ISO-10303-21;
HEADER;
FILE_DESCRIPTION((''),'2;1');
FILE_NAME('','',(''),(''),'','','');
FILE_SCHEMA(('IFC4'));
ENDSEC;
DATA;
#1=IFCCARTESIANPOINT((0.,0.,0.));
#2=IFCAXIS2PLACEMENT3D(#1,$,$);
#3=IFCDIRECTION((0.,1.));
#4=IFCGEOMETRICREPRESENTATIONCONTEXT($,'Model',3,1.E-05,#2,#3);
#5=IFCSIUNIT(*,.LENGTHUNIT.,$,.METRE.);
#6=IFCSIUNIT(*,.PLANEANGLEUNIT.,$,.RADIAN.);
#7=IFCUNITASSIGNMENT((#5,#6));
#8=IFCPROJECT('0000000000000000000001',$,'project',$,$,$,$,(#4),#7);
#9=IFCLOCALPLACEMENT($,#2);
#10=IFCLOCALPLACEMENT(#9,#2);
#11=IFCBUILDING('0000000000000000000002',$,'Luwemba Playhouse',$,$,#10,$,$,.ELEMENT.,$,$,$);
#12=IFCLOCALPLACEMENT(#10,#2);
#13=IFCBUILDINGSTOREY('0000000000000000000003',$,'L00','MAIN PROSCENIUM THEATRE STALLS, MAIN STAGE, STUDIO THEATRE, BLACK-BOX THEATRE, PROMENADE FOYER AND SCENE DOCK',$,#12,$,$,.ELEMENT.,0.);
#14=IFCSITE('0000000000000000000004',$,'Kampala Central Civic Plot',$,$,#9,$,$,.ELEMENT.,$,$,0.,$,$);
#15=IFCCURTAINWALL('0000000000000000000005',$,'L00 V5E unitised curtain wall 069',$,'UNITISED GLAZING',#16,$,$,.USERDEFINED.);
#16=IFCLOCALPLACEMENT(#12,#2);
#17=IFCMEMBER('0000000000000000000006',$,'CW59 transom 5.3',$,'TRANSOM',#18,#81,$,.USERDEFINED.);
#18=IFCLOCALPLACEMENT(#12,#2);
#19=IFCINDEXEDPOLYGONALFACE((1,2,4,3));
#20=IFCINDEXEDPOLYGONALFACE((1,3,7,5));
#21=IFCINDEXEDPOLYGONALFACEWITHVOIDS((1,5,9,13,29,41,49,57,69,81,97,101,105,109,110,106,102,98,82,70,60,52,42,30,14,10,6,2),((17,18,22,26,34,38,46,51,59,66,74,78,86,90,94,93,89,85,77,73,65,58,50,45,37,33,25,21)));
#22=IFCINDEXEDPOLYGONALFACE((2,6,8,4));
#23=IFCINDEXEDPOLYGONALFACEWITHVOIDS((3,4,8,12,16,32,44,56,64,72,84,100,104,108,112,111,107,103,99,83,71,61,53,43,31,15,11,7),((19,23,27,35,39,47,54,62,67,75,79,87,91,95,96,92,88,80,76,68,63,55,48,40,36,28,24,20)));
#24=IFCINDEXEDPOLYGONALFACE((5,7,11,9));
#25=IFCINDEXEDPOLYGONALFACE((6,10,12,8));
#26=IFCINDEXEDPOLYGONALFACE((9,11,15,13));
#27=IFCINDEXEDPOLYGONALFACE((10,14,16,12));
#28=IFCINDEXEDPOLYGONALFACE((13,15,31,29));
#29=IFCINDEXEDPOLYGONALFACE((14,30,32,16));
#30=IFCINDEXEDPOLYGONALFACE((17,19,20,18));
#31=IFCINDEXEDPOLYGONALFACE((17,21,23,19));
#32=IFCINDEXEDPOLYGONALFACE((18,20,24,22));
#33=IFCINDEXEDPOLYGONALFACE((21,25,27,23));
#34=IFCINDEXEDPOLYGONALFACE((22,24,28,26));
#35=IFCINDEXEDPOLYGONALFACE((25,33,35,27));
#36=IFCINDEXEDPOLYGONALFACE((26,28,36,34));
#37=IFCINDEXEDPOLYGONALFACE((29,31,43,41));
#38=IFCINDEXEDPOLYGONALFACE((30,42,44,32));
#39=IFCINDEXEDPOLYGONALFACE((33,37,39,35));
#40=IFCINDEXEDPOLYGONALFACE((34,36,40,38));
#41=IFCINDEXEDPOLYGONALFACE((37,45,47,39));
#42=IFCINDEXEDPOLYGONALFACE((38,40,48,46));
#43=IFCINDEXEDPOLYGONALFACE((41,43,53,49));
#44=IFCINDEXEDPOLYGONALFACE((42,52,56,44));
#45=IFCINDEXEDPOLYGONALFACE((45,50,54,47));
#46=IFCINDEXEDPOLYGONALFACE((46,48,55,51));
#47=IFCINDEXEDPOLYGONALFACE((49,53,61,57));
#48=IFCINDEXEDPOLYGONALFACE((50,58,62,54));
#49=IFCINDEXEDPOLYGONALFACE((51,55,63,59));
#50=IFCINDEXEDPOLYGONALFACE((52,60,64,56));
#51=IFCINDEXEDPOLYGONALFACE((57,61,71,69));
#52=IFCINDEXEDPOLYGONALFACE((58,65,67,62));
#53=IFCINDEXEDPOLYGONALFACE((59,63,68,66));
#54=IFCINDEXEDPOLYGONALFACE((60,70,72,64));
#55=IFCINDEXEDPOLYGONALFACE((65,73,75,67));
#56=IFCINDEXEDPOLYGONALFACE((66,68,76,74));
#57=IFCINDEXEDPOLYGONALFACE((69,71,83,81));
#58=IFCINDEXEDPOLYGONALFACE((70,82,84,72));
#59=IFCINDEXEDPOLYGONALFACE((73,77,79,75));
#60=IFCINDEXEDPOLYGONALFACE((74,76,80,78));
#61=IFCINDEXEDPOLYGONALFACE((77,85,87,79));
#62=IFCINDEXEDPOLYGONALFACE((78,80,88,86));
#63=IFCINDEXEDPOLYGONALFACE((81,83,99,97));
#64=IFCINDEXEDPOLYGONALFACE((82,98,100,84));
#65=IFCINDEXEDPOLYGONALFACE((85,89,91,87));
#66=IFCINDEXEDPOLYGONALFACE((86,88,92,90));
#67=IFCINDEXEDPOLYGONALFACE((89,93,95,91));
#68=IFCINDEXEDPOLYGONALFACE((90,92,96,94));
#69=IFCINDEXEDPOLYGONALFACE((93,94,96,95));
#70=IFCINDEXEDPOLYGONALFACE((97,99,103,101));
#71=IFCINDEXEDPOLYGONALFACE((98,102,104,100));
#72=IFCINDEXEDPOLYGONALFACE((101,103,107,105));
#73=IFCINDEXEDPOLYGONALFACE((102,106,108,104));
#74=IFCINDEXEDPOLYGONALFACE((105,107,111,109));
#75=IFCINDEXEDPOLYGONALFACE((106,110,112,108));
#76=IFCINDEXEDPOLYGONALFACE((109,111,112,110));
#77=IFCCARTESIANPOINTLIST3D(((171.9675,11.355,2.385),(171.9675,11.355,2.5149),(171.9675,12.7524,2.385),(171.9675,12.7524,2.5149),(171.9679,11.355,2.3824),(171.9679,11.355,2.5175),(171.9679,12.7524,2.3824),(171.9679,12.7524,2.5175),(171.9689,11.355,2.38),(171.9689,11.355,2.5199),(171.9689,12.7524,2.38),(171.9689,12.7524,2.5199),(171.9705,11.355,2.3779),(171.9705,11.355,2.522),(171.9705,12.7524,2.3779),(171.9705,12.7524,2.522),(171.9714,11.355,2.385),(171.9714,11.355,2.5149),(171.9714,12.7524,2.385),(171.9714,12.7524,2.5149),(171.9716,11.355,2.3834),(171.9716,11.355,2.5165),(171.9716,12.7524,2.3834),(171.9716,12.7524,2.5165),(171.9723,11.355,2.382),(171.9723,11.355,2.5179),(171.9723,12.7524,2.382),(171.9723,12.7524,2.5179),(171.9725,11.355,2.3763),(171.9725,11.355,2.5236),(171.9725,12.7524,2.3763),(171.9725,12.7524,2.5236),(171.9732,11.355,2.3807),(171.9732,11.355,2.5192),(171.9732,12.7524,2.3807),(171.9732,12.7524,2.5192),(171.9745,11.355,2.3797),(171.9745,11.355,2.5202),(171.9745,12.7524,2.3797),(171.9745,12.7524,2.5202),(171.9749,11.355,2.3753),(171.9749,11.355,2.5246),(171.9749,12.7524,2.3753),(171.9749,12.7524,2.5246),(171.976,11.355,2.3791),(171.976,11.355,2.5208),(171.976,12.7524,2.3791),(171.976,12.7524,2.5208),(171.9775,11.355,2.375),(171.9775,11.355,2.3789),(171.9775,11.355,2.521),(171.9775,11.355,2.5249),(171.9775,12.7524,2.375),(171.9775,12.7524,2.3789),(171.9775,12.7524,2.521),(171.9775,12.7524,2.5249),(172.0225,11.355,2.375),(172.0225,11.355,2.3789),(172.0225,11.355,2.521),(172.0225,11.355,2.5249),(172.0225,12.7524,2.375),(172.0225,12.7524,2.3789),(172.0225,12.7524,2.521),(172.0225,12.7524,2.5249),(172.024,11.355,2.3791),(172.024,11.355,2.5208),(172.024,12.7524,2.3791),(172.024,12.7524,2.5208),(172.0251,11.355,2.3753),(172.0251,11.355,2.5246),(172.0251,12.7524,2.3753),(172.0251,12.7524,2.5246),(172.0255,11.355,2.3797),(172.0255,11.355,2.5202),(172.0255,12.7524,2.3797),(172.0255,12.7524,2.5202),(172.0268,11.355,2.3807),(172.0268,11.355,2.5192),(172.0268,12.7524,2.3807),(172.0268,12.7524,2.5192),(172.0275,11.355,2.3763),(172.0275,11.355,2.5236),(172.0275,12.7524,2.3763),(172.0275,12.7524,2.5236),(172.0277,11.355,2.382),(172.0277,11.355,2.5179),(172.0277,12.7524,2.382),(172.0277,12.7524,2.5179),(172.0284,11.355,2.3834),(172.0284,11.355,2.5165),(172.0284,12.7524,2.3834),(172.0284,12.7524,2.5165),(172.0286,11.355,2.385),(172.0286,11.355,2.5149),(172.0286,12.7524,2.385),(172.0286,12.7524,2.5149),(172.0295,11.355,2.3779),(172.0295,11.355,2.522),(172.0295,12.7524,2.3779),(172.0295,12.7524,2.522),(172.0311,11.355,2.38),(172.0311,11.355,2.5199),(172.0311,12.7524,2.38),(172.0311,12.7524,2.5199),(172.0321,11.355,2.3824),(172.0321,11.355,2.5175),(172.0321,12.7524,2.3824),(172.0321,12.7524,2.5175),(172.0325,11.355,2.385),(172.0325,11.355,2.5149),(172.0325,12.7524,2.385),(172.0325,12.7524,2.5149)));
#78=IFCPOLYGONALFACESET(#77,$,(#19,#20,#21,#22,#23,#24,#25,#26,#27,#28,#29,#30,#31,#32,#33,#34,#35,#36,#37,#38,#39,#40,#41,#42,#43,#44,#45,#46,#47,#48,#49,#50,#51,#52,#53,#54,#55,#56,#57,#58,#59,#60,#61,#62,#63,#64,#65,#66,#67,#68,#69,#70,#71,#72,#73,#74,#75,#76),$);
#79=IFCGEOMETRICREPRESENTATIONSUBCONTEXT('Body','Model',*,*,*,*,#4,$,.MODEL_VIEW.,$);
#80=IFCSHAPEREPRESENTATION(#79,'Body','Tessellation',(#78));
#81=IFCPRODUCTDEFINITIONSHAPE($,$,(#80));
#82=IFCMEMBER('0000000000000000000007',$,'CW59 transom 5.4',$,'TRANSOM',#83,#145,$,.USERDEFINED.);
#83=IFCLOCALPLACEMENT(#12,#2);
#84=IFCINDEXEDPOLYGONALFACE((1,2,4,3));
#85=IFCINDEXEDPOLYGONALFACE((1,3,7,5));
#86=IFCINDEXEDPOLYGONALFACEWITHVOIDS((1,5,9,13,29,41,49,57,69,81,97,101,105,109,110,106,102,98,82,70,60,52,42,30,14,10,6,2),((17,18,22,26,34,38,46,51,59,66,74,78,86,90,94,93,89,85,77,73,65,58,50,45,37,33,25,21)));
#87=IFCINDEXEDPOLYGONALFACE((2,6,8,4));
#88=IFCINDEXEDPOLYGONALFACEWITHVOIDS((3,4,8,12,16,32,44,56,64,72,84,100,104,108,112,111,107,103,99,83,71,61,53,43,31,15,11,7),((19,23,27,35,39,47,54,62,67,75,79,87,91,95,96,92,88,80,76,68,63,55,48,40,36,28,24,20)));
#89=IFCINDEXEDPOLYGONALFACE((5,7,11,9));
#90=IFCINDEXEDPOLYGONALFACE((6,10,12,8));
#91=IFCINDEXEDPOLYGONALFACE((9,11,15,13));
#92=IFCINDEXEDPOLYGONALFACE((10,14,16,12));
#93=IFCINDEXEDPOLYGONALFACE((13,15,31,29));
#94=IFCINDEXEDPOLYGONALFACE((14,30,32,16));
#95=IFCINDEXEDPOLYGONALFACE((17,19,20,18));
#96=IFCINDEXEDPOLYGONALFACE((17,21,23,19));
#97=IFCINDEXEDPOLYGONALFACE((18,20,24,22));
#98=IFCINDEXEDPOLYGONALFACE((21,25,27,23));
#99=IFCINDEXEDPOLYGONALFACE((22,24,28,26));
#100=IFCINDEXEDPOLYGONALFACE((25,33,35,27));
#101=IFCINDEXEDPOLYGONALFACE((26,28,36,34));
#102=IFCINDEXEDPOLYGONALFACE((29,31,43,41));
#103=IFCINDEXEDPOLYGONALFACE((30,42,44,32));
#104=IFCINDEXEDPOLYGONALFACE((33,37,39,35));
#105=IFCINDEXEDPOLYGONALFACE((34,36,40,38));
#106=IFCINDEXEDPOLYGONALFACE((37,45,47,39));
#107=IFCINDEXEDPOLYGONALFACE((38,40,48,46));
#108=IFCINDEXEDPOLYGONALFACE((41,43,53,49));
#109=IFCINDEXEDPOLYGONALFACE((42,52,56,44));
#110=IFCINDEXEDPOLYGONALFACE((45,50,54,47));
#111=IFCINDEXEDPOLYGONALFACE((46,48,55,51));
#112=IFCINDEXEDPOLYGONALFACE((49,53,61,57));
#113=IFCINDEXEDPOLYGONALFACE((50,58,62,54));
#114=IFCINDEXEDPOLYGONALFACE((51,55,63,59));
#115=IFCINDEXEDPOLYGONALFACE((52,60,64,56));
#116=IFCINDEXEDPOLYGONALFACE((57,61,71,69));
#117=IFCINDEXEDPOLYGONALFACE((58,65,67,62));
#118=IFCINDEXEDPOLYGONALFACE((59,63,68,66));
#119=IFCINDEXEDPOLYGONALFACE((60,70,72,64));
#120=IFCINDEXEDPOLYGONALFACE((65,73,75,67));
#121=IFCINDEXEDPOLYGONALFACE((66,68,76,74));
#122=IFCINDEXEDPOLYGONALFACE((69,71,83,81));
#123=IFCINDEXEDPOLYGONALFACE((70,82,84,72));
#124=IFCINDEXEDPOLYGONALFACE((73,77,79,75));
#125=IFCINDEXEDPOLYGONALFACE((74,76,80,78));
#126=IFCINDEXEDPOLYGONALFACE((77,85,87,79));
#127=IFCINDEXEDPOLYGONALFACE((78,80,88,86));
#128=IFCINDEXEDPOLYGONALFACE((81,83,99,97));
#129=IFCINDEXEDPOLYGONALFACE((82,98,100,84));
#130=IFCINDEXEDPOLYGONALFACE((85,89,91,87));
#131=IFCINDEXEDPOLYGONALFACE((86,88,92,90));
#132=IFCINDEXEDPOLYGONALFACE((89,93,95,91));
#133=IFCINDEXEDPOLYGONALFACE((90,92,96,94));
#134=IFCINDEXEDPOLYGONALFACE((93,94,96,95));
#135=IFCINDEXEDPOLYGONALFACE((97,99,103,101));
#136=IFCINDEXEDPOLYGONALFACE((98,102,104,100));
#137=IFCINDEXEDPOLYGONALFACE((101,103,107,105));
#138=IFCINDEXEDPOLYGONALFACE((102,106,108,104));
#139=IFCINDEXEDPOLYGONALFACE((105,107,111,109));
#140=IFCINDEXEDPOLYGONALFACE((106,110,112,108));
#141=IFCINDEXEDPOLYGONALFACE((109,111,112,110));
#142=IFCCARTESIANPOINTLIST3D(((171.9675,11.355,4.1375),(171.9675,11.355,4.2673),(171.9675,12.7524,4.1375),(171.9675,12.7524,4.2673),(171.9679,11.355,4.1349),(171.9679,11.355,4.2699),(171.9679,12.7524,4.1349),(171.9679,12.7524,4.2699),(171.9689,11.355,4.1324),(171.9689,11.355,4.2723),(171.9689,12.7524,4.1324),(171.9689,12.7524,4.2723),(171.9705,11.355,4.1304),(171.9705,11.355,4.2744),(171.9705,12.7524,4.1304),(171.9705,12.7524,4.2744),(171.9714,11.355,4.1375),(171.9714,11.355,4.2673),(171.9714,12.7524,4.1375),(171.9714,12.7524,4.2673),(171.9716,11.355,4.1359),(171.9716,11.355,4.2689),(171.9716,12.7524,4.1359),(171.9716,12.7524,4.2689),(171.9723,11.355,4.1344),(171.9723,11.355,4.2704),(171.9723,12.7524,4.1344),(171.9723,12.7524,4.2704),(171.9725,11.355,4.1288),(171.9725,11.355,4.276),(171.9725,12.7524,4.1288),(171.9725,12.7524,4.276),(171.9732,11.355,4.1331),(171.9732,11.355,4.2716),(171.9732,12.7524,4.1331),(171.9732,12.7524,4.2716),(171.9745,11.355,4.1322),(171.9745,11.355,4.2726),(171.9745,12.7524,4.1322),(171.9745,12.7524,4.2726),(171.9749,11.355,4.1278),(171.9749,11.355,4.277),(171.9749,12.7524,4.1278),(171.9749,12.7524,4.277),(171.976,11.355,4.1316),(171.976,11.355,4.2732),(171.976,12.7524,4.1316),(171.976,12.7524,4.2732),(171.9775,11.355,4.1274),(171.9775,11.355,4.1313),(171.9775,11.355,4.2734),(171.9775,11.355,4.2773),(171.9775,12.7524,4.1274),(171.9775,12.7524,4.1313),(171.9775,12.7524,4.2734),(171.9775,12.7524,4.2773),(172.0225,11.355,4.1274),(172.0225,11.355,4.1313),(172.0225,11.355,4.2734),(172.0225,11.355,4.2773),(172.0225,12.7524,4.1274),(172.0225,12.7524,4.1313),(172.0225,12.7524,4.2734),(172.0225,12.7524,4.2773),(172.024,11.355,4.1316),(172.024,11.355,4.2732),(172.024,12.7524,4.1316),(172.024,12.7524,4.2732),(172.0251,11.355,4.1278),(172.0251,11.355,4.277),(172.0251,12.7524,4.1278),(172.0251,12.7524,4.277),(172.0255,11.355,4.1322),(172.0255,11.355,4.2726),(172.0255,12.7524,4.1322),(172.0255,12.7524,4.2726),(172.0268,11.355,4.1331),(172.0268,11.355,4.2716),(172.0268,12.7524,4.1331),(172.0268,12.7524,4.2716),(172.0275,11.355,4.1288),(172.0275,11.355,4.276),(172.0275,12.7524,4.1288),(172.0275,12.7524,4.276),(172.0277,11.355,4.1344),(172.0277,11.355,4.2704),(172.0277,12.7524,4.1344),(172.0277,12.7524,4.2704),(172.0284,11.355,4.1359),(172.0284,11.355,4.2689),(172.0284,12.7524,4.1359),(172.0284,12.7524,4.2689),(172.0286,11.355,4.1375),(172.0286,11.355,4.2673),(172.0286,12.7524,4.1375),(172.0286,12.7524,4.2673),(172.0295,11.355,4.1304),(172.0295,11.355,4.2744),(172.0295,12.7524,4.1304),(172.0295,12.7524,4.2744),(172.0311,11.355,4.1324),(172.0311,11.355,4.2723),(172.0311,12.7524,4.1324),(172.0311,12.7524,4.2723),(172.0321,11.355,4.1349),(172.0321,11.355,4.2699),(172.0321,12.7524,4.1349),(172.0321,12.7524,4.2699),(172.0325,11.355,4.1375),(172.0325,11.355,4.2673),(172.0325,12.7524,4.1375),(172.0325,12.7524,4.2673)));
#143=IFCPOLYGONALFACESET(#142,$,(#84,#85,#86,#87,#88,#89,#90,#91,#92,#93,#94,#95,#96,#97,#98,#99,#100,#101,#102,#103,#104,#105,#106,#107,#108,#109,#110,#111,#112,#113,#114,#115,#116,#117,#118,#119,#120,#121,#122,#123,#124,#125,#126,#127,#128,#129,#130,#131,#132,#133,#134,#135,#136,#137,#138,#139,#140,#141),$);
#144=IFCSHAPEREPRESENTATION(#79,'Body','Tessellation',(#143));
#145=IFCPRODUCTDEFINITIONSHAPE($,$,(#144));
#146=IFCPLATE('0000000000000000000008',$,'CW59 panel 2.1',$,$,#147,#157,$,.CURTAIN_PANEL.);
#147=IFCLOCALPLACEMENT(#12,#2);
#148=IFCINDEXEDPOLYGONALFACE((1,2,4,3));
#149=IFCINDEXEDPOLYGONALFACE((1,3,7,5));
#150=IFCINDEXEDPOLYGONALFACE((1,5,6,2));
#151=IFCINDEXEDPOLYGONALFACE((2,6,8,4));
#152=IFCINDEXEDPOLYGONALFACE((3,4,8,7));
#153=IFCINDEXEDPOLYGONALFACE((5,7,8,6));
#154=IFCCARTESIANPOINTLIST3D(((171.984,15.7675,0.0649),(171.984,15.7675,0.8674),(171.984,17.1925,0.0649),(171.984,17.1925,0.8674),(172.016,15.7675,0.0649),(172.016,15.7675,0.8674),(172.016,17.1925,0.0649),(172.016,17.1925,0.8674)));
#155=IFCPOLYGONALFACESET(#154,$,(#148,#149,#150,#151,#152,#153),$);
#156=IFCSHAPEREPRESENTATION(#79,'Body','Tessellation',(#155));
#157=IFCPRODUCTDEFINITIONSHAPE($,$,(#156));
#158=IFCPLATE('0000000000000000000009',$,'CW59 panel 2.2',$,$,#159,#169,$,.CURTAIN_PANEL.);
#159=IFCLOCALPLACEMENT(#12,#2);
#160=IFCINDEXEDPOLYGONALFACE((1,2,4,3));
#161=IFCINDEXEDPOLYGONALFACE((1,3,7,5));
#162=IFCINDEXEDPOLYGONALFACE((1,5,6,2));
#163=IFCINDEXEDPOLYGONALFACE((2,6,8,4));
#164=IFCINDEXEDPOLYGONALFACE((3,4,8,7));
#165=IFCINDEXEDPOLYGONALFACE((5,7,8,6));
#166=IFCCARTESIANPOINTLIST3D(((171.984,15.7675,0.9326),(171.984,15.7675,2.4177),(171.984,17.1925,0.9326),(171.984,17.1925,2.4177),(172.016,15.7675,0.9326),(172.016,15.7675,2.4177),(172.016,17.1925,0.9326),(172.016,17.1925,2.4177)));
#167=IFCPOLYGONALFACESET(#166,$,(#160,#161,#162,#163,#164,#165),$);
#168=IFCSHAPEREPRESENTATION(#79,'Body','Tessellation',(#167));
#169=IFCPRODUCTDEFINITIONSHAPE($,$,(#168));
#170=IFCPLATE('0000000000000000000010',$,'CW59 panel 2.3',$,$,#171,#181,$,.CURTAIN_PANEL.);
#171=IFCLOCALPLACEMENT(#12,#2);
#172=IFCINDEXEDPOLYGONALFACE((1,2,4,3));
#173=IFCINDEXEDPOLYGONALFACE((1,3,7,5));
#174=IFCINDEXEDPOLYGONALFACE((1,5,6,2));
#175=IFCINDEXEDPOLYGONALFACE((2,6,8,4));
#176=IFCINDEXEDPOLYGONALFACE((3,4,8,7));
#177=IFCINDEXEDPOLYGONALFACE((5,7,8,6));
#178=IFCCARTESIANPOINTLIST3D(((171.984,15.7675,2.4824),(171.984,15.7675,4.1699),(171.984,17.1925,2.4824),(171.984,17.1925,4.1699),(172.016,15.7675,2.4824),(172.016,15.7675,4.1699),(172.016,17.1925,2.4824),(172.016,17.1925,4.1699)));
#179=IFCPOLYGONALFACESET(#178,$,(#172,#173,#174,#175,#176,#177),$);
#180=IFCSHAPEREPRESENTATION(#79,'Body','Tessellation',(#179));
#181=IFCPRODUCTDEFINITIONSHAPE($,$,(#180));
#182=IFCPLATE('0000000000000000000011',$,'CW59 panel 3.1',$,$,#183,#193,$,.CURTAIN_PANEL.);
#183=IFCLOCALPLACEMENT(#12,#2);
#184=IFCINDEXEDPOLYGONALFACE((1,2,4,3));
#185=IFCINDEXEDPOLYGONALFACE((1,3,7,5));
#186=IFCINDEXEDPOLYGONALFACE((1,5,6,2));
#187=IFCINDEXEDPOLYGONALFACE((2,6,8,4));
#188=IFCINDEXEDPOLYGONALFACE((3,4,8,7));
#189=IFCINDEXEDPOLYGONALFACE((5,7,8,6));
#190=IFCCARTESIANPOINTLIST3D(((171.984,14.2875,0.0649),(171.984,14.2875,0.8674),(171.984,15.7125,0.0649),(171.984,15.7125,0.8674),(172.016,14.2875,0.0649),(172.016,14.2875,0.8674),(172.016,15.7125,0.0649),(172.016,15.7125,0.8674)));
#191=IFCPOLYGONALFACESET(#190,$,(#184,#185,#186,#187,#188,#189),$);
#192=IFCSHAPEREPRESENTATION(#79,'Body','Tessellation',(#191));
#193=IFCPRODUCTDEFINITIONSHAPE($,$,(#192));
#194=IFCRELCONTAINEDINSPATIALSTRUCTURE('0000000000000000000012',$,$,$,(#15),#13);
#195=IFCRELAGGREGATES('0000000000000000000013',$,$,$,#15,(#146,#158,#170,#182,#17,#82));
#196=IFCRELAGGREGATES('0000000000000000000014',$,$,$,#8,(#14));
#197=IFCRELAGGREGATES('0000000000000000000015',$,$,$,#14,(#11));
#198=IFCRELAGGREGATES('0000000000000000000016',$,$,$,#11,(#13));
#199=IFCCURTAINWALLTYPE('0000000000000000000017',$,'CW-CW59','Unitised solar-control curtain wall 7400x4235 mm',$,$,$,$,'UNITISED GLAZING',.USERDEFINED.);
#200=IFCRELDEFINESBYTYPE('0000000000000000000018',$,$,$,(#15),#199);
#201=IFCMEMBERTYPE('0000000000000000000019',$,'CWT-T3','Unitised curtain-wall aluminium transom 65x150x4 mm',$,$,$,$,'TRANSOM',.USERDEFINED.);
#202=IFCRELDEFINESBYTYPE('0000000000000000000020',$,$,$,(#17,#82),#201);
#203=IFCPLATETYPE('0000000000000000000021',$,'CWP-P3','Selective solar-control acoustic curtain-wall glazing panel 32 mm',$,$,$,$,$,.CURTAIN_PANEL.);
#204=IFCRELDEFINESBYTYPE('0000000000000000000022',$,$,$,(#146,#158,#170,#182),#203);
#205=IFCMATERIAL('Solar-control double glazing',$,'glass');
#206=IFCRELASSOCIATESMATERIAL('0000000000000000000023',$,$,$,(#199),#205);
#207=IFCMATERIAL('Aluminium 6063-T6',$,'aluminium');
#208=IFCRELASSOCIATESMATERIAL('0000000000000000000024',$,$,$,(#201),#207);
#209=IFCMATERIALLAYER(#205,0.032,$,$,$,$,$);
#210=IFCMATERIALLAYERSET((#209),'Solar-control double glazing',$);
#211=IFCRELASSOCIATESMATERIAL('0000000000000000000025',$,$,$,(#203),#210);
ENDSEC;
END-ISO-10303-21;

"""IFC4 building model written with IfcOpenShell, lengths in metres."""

from ifc_helpers import new_model, si_unit, direction, frame, origin, origin_2d, place, context, subcontext, project, spatial, rectangle, hollow_rectangle, extrude, material, layer, layer_set, material_profile, profile_set, type_object, element, aggregate, save


model = new_model("IFC4")

# Units and contexts
model_context = context("Model", 3, precision=1e-05, world=origin(), true_north=direction((0.0, 1.0)))
body_context = subcontext(model_context, "Body", "Model", "MODEL_VIEW")
ifc_project = project(units=[si_unit("LENGTHUNIT", "METRE"), si_unit("PLANEANGLEUNIT", "RADIAN")], contexts=[model_context])

# Site, building, storey
site_placement = place(None, origin())
site = spatial("IfcSite", under=ifc_project, at=site_placement, Name="Kampala Central Civic Plot", CompositionType="ELEMENT", RefElevation=0.0)
building_placement = place(site_placement, origin())
building = spatial("IfcBuilding", under=site, at=building_placement, Name="Luwemba Playhouse", CompositionType="ELEMENT")
storey_placement = place(building_placement, origin())
storey = spatial("IfcBuildingStorey", under=building, at=storey_placement, Name="L00", Description="MAIN PROSCENIUM THEATRE STALLS, MAIN STAGE, STUDIO THEATRE, BLACK-BOX THEATRE, PROMENADE FOYER AND SCENE DOCK", CompositionType="ELEMENT", Elevation=0.0)

# Curtain wall, members, plates
ifc_material_1 = material(Name="Solar-control double glazing", Category="glass")
curtain_wall_type = type_object("IfcCurtainWallType", Name="CW-CW59", Description="Unitised solar-control curtain wall 7400x4235 mm", ElementType="UNITISED GLAZING", PredefinedType="USERDEFINED", material=ifc_material_1)
curtain_wall_placement = place(storey_placement, origin())
curtain_wall = element("IfcCurtainWall", 1, at=curtain_wall_placement, inside=storey, type_object=curtain_wall_type, Name="L00 V5E unitised curtain wall 069", ObjectType="UNITISED GLAZING", PredefinedType="USERDEFINED")
ifc_material_2 = material(Name="Aluminium 6063-T6", Category="aluminium")
ifc_material_profile_1 = material_profile(ifc_material_2, hollow_rectangle(XDim=0.0649, YDim=0.1499, WallThickness=0.0039, InnerFilletRadius=0.0061, OuterFilletRadius=0.01, at=origin_2d()))
ifc_profile_set_1 = profile_set([ifc_material_profile_1], Name="Aluminium 6063-T6")
member_type_1 = type_object("IfcMemberType", Name="CWT-T3", Description="Unitised curtain-wall aluminium transom 65x150x4 mm", ElementType="TRANSOM", PredefinedType="USERDEFINED", material=ifc_profile_set_1)
member_1_placement = place(storey_placement, frame((172.0, 12.7524, 2.45), z_axis=(0.0, -1.0, 0.0), x_axis=(1.0, 0.0, 0.0)))
member_1 = element("IfcMember", 2, at=member_1_placement, type_object=member_type_1, Name="CW59 transom 5.3", ObjectType="TRANSOM", PredefinedType="USERDEFINED", context=body_context, shape_type="SweptSolid", body=[
    extrude(hollow_rectangle(XDim=0.0649, YDim=0.1499, WallThickness=0.0039, InnerFilletRadius=0.0061, OuterFilletRadius=0.01, at=origin_2d()), origin(), (0.0, 0.0, 1.0), 1.3975),
])
member_2_placement = place(storey_placement, frame((172.0, 12.7524, 4.2024), z_axis=(0.0, -1.0, 0.0), x_axis=(1.0, 0.0, 0.0)))
member_2 = element("IfcMember", 3, at=member_2_placement, type_object=member_type_1, Name="CW59 transom 5.4", ObjectType="TRANSOM", PredefinedType="USERDEFINED", context=body_context, shape_type="SweptSolid", body=[
    extrude(hollow_rectangle(XDim=0.0649, YDim=0.1499, WallThickness=0.0039, InnerFilletRadius=0.0061, OuterFilletRadius=0.01, at=origin_2d()), origin(), (0.0, 0.0, 1.0), 1.3975),
])
ifc_layer = layer(ifc_material_1, 0.032)
ifc_layer_set = layer_set([ifc_layer], Name="Solar-control double glazing")
plate_type = type_object("IfcPlateType", Name="CWP-P3", Description="Selective solar-control acoustic curtain-wall glazing panel 32 mm", PredefinedType="CURTAIN_PANEL", material=ifc_layer_set)
plate_1_placement = place(storey_placement, frame((172.0, 16.48, 0.0649), z_axis=(0.0, 0.0, 1.0), x_axis=(0.0, -1.0, 0.0)))
plate_1 = element("IfcPlate", 4, at=plate_1_placement, type_object=plate_type, Name="CW59 panel 2.1", PredefinedType="CURTAIN_PANEL", context=body_context, shape_type="SweptSolid", body=[
    extrude(rectangle(XDim=1.425, YDim=0.032, at=origin_2d()), origin(), (0.0, 0.0, 1.0), 0.8025),
])
plate_2_placement = place(storey_placement, frame((172.0, 16.48, 0.9326), z_axis=(0.0, 0.0, 1.0), x_axis=(0.0, -1.0, 0.0)))
plate_2 = element("IfcPlate", 5, at=plate_2_placement, type_object=plate_type, Name="CW59 panel 2.2", PredefinedType="CURTAIN_PANEL", context=body_context, shape_type="SweptSolid", body=[
    extrude(rectangle(XDim=1.425, YDim=0.032, at=origin_2d()), origin(), (0.0, 0.0, 1.0), 1.4851),
])
plate_3_placement = place(storey_placement, frame((172.0, 16.48, 2.4824), z_axis=(0.0, 0.0, 1.0), x_axis=(0.0, -1.0, 0.0)))
plate_3 = element("IfcPlate", 6, at=plate_3_placement, type_object=plate_type, Name="CW59 panel 2.3", PredefinedType="CURTAIN_PANEL", context=body_context, shape_type="SweptSolid", body=[
    extrude(rectangle(XDim=1.425, YDim=0.032, at=origin_2d()), origin(), (0.0, 0.0, 1.0), 1.6875),
])
plate_4_placement = place(storey_placement, frame((172.0, 15.0, 0.0649), z_axis=(0.0, 0.0, 1.0), x_axis=(0.0, -1.0, 0.0)))
plate_4 = element("IfcPlate", 7, at=plate_4_placement, type_object=plate_type, Name="CW59 panel 3.1", PredefinedType="CURTAIN_PANEL", context=body_context, shape_type="SweptSolid", body=[
    extrude(rectangle(XDim=1.425, YDim=0.032, at=origin_2d()), origin(), (0.0, 0.0, 1.0), 0.8025),
])
aggregate(curtain_wall, [plate_1, plate_2, plate_3, plate_4, member_1, member_2])

save(model, "model.ifc")
